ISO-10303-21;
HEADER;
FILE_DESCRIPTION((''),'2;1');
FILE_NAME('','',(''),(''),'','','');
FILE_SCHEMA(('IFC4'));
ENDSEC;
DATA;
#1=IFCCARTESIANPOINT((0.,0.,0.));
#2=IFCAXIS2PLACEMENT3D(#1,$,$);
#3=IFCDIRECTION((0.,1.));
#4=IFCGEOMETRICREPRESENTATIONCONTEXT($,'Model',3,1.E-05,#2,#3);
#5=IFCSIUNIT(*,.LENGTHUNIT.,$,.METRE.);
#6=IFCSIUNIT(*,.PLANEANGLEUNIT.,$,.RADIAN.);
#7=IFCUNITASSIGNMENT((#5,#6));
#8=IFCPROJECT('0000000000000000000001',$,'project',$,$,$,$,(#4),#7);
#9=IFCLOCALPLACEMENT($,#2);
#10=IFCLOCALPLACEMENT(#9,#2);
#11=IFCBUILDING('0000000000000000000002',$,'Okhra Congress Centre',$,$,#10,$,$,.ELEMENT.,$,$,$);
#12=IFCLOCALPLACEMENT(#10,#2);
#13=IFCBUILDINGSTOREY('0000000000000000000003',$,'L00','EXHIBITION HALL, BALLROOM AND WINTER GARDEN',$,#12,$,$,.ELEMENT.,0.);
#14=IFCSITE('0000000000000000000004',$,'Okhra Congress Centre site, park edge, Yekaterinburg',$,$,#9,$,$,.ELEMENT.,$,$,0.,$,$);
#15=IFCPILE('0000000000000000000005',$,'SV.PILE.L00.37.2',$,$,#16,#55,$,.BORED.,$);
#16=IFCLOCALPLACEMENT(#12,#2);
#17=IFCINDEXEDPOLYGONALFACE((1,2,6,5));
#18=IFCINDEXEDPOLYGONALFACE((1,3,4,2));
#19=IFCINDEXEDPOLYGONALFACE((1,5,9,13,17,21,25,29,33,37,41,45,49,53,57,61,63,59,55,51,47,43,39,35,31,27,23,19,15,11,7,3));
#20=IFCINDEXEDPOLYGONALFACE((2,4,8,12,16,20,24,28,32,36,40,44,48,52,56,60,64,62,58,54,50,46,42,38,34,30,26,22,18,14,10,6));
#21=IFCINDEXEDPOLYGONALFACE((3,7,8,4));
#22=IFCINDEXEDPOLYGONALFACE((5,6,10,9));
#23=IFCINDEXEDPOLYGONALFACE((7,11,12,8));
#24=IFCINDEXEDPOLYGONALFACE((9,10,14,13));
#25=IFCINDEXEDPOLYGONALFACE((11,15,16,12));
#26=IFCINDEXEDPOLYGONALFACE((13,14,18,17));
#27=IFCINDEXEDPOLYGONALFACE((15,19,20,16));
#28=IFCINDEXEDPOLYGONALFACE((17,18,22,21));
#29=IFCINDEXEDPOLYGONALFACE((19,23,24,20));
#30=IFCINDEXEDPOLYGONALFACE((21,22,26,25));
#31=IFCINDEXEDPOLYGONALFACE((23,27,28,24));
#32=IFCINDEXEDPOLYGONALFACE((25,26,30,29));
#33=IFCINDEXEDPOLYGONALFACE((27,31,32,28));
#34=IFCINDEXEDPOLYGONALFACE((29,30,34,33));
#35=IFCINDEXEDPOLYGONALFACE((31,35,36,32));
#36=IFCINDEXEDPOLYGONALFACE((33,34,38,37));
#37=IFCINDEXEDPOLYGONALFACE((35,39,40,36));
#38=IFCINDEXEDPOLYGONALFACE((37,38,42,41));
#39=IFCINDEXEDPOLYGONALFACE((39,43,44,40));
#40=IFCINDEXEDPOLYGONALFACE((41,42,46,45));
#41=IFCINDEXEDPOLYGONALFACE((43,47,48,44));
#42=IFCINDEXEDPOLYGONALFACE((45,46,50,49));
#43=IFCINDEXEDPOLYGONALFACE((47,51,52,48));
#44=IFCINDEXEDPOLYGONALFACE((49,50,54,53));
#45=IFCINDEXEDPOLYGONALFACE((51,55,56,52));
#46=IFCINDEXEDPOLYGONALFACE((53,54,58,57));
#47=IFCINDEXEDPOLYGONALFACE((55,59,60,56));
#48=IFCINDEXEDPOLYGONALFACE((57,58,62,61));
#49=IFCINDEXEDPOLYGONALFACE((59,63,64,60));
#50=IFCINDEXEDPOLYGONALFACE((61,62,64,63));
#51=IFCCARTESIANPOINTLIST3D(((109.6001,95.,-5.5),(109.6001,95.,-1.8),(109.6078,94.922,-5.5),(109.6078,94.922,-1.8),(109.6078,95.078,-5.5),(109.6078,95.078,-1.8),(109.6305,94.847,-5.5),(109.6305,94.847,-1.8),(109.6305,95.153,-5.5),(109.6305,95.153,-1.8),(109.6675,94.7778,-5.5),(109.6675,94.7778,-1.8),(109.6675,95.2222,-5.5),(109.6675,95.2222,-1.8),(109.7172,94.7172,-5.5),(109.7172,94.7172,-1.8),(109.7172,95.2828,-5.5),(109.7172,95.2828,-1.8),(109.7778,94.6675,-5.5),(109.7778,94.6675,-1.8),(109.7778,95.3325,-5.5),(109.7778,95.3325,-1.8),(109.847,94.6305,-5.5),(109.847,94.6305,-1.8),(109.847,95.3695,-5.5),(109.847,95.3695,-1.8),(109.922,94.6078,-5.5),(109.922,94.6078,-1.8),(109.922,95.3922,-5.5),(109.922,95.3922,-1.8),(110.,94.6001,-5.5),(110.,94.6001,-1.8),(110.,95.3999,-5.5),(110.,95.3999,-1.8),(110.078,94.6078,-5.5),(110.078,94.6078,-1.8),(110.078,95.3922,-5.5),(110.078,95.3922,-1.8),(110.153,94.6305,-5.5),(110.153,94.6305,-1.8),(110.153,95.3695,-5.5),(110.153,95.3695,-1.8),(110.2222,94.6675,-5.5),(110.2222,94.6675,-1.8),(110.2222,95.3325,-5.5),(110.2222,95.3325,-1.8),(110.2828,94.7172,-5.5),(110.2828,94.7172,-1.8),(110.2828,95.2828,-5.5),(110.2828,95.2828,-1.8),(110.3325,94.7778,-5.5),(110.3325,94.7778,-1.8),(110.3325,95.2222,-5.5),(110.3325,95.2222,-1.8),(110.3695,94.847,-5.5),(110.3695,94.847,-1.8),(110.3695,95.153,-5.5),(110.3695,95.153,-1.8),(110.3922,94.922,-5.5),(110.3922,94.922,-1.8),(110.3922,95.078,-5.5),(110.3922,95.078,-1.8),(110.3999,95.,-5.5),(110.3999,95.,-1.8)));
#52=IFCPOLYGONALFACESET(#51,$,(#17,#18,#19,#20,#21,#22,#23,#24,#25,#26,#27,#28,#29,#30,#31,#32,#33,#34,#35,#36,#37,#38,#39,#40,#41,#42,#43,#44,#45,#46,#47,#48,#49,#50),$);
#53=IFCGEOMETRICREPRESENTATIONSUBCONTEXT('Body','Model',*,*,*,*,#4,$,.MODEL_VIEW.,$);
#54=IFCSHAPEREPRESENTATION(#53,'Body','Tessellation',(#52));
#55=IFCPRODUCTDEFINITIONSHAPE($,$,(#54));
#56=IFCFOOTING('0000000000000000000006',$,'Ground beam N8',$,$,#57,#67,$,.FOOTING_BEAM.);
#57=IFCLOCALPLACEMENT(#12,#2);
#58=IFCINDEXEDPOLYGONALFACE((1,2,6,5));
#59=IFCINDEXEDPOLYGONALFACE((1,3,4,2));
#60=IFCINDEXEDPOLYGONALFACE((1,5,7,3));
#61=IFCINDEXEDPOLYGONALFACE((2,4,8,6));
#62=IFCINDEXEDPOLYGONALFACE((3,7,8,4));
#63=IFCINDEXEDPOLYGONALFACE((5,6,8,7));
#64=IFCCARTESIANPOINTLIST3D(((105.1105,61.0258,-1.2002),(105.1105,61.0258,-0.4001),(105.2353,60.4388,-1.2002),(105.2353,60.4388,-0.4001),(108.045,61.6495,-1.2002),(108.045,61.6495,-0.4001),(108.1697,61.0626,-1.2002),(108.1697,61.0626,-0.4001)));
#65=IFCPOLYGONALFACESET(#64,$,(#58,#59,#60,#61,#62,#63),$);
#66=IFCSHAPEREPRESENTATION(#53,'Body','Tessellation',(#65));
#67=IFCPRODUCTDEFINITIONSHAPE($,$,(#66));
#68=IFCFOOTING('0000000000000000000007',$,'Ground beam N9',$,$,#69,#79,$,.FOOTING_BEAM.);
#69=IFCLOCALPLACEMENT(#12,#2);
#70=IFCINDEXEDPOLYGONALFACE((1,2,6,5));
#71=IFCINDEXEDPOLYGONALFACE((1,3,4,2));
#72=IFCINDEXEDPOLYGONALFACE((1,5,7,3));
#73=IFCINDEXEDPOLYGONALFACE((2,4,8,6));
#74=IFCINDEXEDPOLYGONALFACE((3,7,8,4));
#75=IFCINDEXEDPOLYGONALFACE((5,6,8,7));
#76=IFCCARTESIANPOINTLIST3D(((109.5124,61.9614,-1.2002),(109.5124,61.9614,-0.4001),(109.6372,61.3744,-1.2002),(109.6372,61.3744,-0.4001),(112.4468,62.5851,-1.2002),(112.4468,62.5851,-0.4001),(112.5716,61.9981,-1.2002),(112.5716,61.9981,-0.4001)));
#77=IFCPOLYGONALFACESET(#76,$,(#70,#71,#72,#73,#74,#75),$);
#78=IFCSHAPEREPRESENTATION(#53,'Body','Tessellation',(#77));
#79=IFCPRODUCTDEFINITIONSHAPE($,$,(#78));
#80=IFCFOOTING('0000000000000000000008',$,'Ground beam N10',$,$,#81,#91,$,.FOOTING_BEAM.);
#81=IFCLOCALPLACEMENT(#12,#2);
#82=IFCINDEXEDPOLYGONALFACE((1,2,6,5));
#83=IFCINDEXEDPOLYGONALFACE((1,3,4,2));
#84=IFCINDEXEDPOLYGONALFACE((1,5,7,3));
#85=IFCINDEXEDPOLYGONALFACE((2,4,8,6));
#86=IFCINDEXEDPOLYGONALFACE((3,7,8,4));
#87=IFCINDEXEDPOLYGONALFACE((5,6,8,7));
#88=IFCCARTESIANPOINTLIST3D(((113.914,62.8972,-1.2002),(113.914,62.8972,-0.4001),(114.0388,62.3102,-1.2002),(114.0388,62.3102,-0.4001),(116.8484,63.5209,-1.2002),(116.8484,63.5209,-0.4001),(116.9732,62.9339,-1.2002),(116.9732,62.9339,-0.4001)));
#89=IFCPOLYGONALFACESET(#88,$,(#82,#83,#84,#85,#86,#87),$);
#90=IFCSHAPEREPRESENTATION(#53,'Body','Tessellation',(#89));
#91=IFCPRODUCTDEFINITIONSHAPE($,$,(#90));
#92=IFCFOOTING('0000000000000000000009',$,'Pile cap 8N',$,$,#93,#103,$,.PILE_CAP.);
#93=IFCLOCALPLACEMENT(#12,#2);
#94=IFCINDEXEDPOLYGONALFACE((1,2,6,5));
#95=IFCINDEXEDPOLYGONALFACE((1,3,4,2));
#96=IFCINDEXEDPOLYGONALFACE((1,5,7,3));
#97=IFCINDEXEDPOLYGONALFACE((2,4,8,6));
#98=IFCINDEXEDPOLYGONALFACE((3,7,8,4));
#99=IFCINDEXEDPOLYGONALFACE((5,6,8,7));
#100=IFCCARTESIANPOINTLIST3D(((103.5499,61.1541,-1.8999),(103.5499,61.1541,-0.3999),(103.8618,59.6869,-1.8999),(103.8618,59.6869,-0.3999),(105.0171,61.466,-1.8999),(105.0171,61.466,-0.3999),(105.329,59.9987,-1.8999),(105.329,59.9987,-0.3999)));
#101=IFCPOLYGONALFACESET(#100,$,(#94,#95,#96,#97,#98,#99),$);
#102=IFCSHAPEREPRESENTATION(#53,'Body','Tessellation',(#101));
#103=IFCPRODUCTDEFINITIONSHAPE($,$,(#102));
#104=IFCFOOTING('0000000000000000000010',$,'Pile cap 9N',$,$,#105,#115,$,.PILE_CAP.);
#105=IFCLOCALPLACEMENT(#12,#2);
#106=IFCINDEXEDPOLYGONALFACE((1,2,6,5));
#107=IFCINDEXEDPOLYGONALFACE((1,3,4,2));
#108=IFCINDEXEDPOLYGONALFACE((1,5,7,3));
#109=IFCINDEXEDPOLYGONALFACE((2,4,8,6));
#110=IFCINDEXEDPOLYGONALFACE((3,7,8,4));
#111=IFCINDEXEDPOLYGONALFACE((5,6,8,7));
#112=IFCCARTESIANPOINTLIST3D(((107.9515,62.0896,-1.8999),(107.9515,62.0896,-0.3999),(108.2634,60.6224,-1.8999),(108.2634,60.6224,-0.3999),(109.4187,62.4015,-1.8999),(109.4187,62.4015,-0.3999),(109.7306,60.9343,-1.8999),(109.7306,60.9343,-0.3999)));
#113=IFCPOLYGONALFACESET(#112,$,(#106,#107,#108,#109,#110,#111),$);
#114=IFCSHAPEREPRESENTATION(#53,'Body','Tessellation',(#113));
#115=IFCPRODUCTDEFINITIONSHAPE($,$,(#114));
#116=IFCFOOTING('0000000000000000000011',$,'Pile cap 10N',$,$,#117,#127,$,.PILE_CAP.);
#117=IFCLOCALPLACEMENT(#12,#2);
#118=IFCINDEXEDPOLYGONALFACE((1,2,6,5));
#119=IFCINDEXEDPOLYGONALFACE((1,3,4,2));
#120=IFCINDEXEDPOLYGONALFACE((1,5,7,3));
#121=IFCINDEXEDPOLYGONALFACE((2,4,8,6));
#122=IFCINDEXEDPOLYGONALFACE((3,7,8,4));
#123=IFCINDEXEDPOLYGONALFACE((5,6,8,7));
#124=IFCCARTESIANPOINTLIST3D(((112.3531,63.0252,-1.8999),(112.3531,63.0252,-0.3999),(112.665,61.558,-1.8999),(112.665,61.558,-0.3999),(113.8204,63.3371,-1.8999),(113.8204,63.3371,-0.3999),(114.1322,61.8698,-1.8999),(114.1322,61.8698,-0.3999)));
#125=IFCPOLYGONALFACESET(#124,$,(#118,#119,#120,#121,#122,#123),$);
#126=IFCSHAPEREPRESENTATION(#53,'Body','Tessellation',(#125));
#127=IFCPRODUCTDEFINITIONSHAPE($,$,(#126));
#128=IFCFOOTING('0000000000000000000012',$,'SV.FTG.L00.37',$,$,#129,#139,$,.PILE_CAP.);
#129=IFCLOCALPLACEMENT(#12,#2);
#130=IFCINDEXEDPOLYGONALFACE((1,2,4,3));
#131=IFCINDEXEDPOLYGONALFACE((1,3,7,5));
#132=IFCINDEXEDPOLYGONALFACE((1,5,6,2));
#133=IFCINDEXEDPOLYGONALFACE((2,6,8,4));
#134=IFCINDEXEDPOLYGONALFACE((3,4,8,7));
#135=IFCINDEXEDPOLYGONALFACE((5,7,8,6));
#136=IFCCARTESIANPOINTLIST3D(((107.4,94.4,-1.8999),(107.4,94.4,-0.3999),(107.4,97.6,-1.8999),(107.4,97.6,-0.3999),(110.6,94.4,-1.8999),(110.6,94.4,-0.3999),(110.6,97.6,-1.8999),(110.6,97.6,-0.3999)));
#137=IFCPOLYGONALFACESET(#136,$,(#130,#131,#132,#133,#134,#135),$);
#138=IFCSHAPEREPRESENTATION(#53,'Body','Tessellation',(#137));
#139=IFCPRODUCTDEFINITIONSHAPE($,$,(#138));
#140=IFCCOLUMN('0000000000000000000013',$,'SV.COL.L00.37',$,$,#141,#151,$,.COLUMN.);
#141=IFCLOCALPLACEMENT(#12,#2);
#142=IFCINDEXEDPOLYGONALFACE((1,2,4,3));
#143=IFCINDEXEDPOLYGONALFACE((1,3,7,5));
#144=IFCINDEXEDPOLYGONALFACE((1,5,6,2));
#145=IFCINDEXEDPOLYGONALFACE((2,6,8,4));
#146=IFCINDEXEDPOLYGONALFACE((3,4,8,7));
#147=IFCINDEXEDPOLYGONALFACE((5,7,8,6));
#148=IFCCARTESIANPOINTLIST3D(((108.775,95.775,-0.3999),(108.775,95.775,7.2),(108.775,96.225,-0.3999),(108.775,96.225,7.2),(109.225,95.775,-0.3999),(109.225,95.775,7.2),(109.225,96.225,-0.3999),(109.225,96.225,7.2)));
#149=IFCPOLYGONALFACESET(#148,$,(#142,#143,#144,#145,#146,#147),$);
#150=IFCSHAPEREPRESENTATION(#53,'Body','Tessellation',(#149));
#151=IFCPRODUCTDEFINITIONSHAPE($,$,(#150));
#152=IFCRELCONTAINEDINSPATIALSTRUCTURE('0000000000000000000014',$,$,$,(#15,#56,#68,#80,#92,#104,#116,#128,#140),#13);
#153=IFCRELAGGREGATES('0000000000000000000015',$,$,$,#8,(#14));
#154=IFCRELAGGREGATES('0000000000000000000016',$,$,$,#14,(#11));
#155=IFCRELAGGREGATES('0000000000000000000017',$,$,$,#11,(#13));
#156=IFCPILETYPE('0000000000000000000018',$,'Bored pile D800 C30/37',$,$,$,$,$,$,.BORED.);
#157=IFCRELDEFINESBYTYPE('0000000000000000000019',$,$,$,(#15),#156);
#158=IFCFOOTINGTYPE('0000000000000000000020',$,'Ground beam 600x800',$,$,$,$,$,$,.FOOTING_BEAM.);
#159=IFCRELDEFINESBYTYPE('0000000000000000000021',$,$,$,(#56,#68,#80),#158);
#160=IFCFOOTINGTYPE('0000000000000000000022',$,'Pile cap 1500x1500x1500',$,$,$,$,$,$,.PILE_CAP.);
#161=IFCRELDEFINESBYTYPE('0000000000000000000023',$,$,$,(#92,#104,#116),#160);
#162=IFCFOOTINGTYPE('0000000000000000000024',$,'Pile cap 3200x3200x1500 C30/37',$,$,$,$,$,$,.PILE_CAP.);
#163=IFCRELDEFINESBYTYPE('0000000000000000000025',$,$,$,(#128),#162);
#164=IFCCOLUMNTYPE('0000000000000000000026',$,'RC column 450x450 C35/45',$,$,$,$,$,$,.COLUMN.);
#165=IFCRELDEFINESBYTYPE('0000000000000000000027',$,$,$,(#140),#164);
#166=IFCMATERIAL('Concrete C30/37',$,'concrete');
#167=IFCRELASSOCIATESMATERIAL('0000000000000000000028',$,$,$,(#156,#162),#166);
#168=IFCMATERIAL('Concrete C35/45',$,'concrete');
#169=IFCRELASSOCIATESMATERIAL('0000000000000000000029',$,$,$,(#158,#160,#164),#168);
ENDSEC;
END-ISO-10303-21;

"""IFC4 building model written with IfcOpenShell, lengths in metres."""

from ifc_helpers import new_model, si_unit, direction, frame, origin, origin_2d, place, context, subcontext, project, spatial, rectangle, circle, extrude, material, material_profile, profile_set, type_object, element, save


model = new_model("IFC4")

# Units and contexts
model_context = context("Model", 3, precision=1e-05, world=origin(), true_north=direction((0.0, 1.0)))
body_context = subcontext(model_context, "Body", "Model", "MODEL_VIEW")
ifc_project = project(units=[si_unit("LENGTHUNIT", "METRE"), si_unit("PLANEANGLEUNIT", "RADIAN")], contexts=[model_context])

# Site, building, storey
site_placement = place(None, origin())
site = spatial("IfcSite", under=ifc_project, at=site_placement, Name="Okhra Congress Centre site, park edge, Yekaterinburg", CompositionType="ELEMENT", RefElevation=0.0)
building_placement = place(site_placement, origin())
building = spatial("IfcBuilding", under=site, at=building_placement, Name="Okhra Congress Centre", CompositionType="ELEMENT")
storey_placement = place(building_placement, origin())
storey = spatial("IfcBuildingStorey", under=building, at=storey_placement, Name="L00", Description="EXHIBITION HALL, BALLROOM AND WINTER GARDEN", CompositionType="ELEMENT", Elevation=0.0)

# Pile
ifc_material_1 = material(Name="Concrete C30/37", Category="concrete")
ifc_material_profile_1 = material_profile(ifc_material_1, circle(Radius=0.3999, at=origin_2d()), Name="D800")
ifc_profile_set_1 = profile_set([ifc_material_profile_1], Name="Concrete C30/37")
pile_type_1 = type_object("IfcPileType", Name="Bored pile D800 C30/37", PredefinedType="BORED", material=ifc_profile_set_1)
for number, where, z_axis, x_axis, name in (
    (1, (110.0, 95.0, -1.8), (0.0, 0.0, -1.0), (1.0, 0.0, 0.0), "SV.PILE.L00.37.2"),
):
    element("IfcPile", number, at=place(storey_placement, frame(where, z_axis=z_axis, x_axis=x_axis)), inside=storey, type_object=pile_type_1, Name=name, PredefinedType="BORED", context=body_context, shape_type="SweptSolid", body=[
        extrude(circle(Radius=0.3999, at=origin_2d()), origin(), (0.0, 0.0, 1.0), 3.7),
    ])

# Footings
ifc_material_2 = material(Name="Concrete C35/45", Category="concrete")
footing_type_1 = type_object("IfcFootingType", Name="Ground beam 600x800", PredefinedType="FOOTING_BEAM", material=ifc_material_2)
for number, where, z_axis, x_axis, name in (
    (2, (106.6401, 61.0442, -1.2002), (0.0, 0.0, 1.0), (0.978148, 0.207912, 0.0), "Ground beam N8"),
    (3, (111.042, 61.9797, -1.2002), (0.0, 0.0, 1.0), (0.978148, 0.207912, 0.0), "Ground beam N9"),
    (4, (115.4436, 62.9155, -1.2002), (0.0, 0.0, 1.0), (0.978148, 0.207912, 0.0), "Ground beam N10"),
):
    element("IfcFooting", number, at=place(storey_placement, frame(where, z_axis=z_axis, x_axis=x_axis)), inside=storey, type_object=footing_type_1, Name=name, PredefinedType="FOOTING_BEAM", context=body_context, shape_type="SweptSolid", body=[
        extrude(rectangle(XDim=3.0, YDim=0.6001, at=origin_2d()), origin(), (0.0, 0.0, 1.0), 0.8),
    ])
footing_type_2 = type_object("IfcFootingType", Name="Pile cap 1500x1500x1500", PredefinedType="PILE_CAP", material=ifc_material_2)
for number, where, z_axis, x_axis, name in (
    (5, (104.4395, 60.5764, -1.8999), (0.0, 0.0, 1.0), (0.978148, 0.207912, 0.0), "Pile cap 8N"),
    (6, (108.8411, 61.512, -1.8999), (0.0, 0.0, 1.0), (0.978148, 0.207912, 0.0), "Pile cap 9N"),
    (7, (113.2427, 62.4475, -1.8999), (0.0, 0.0, 1.0), (0.978148, 0.207912, 0.0), "Pile cap 10N"),
):
    element("IfcFooting", number, at=place(storey_placement, frame(where, z_axis=z_axis, x_axis=x_axis)), inside=storey, type_object=footing_type_2, Name=name, PredefinedType="PILE_CAP", context=body_context, shape_type="SweptSolid", body=[
        extrude(rectangle(XDim=1.5, YDim=1.5, at=origin_2d()), origin(), (0.0, 0.0, 1.0), 1.5),
    ])
footing_type_3 = type_object("IfcFootingType", Name="Pile cap 3200x3200x1500 C30/37", PredefinedType="PILE_CAP", material=ifc_material_1)
footing_placement = place(storey_placement, frame((109.0, 96.0, -1.8999), z_axis=(0.0, 0.0, 1.0), x_axis=(1.0, 0.0, 0.0)))
element("IfcFooting", 8, at=footing_placement, inside=storey, type_object=footing_type_3, Name="SV.FTG.L00.37", PredefinedType="PILE_CAP", context=body_context, shape_type="SweptSolid", body=[
    extrude(rectangle(XDim=3.2, YDim=3.2, at=origin_2d()), origin(), (0.0, 0.0, 1.0), 1.5),
])

# Column
ifc_material_profile_2 = material_profile(ifc_material_2, rectangle(XDim=0.45, YDim=0.45, at=origin_2d()), Name="RC 450x450")
ifc_profile_set_2 = profile_set([ifc_material_profile_2], Name="Concrete C35/45")
column_type_1 = type_object("IfcColumnType", Name="RC column 450x450 C35/45", PredefinedType="COLUMN", material=ifc_profile_set_2)
column_placement = place(storey_placement, frame((109.0, 96.0, -0.3999), z_axis=(0.0, 0.0, 1.0), x_axis=(1.0, 0.0, 0.0)))
element("IfcColumn", 9, at=column_placement, inside=storey, type_object=column_type_1, Name="SV.COL.L00.37", PredefinedType="COLUMN", context=body_context, shape_type="SweptSolid", body=[
    extrude(rectangle(XDim=0.45, YDim=0.45, at=origin_2d()), origin(), (0.0, 0.0, 1.0), 7.5999),
])

save(model, "model.ifc")
